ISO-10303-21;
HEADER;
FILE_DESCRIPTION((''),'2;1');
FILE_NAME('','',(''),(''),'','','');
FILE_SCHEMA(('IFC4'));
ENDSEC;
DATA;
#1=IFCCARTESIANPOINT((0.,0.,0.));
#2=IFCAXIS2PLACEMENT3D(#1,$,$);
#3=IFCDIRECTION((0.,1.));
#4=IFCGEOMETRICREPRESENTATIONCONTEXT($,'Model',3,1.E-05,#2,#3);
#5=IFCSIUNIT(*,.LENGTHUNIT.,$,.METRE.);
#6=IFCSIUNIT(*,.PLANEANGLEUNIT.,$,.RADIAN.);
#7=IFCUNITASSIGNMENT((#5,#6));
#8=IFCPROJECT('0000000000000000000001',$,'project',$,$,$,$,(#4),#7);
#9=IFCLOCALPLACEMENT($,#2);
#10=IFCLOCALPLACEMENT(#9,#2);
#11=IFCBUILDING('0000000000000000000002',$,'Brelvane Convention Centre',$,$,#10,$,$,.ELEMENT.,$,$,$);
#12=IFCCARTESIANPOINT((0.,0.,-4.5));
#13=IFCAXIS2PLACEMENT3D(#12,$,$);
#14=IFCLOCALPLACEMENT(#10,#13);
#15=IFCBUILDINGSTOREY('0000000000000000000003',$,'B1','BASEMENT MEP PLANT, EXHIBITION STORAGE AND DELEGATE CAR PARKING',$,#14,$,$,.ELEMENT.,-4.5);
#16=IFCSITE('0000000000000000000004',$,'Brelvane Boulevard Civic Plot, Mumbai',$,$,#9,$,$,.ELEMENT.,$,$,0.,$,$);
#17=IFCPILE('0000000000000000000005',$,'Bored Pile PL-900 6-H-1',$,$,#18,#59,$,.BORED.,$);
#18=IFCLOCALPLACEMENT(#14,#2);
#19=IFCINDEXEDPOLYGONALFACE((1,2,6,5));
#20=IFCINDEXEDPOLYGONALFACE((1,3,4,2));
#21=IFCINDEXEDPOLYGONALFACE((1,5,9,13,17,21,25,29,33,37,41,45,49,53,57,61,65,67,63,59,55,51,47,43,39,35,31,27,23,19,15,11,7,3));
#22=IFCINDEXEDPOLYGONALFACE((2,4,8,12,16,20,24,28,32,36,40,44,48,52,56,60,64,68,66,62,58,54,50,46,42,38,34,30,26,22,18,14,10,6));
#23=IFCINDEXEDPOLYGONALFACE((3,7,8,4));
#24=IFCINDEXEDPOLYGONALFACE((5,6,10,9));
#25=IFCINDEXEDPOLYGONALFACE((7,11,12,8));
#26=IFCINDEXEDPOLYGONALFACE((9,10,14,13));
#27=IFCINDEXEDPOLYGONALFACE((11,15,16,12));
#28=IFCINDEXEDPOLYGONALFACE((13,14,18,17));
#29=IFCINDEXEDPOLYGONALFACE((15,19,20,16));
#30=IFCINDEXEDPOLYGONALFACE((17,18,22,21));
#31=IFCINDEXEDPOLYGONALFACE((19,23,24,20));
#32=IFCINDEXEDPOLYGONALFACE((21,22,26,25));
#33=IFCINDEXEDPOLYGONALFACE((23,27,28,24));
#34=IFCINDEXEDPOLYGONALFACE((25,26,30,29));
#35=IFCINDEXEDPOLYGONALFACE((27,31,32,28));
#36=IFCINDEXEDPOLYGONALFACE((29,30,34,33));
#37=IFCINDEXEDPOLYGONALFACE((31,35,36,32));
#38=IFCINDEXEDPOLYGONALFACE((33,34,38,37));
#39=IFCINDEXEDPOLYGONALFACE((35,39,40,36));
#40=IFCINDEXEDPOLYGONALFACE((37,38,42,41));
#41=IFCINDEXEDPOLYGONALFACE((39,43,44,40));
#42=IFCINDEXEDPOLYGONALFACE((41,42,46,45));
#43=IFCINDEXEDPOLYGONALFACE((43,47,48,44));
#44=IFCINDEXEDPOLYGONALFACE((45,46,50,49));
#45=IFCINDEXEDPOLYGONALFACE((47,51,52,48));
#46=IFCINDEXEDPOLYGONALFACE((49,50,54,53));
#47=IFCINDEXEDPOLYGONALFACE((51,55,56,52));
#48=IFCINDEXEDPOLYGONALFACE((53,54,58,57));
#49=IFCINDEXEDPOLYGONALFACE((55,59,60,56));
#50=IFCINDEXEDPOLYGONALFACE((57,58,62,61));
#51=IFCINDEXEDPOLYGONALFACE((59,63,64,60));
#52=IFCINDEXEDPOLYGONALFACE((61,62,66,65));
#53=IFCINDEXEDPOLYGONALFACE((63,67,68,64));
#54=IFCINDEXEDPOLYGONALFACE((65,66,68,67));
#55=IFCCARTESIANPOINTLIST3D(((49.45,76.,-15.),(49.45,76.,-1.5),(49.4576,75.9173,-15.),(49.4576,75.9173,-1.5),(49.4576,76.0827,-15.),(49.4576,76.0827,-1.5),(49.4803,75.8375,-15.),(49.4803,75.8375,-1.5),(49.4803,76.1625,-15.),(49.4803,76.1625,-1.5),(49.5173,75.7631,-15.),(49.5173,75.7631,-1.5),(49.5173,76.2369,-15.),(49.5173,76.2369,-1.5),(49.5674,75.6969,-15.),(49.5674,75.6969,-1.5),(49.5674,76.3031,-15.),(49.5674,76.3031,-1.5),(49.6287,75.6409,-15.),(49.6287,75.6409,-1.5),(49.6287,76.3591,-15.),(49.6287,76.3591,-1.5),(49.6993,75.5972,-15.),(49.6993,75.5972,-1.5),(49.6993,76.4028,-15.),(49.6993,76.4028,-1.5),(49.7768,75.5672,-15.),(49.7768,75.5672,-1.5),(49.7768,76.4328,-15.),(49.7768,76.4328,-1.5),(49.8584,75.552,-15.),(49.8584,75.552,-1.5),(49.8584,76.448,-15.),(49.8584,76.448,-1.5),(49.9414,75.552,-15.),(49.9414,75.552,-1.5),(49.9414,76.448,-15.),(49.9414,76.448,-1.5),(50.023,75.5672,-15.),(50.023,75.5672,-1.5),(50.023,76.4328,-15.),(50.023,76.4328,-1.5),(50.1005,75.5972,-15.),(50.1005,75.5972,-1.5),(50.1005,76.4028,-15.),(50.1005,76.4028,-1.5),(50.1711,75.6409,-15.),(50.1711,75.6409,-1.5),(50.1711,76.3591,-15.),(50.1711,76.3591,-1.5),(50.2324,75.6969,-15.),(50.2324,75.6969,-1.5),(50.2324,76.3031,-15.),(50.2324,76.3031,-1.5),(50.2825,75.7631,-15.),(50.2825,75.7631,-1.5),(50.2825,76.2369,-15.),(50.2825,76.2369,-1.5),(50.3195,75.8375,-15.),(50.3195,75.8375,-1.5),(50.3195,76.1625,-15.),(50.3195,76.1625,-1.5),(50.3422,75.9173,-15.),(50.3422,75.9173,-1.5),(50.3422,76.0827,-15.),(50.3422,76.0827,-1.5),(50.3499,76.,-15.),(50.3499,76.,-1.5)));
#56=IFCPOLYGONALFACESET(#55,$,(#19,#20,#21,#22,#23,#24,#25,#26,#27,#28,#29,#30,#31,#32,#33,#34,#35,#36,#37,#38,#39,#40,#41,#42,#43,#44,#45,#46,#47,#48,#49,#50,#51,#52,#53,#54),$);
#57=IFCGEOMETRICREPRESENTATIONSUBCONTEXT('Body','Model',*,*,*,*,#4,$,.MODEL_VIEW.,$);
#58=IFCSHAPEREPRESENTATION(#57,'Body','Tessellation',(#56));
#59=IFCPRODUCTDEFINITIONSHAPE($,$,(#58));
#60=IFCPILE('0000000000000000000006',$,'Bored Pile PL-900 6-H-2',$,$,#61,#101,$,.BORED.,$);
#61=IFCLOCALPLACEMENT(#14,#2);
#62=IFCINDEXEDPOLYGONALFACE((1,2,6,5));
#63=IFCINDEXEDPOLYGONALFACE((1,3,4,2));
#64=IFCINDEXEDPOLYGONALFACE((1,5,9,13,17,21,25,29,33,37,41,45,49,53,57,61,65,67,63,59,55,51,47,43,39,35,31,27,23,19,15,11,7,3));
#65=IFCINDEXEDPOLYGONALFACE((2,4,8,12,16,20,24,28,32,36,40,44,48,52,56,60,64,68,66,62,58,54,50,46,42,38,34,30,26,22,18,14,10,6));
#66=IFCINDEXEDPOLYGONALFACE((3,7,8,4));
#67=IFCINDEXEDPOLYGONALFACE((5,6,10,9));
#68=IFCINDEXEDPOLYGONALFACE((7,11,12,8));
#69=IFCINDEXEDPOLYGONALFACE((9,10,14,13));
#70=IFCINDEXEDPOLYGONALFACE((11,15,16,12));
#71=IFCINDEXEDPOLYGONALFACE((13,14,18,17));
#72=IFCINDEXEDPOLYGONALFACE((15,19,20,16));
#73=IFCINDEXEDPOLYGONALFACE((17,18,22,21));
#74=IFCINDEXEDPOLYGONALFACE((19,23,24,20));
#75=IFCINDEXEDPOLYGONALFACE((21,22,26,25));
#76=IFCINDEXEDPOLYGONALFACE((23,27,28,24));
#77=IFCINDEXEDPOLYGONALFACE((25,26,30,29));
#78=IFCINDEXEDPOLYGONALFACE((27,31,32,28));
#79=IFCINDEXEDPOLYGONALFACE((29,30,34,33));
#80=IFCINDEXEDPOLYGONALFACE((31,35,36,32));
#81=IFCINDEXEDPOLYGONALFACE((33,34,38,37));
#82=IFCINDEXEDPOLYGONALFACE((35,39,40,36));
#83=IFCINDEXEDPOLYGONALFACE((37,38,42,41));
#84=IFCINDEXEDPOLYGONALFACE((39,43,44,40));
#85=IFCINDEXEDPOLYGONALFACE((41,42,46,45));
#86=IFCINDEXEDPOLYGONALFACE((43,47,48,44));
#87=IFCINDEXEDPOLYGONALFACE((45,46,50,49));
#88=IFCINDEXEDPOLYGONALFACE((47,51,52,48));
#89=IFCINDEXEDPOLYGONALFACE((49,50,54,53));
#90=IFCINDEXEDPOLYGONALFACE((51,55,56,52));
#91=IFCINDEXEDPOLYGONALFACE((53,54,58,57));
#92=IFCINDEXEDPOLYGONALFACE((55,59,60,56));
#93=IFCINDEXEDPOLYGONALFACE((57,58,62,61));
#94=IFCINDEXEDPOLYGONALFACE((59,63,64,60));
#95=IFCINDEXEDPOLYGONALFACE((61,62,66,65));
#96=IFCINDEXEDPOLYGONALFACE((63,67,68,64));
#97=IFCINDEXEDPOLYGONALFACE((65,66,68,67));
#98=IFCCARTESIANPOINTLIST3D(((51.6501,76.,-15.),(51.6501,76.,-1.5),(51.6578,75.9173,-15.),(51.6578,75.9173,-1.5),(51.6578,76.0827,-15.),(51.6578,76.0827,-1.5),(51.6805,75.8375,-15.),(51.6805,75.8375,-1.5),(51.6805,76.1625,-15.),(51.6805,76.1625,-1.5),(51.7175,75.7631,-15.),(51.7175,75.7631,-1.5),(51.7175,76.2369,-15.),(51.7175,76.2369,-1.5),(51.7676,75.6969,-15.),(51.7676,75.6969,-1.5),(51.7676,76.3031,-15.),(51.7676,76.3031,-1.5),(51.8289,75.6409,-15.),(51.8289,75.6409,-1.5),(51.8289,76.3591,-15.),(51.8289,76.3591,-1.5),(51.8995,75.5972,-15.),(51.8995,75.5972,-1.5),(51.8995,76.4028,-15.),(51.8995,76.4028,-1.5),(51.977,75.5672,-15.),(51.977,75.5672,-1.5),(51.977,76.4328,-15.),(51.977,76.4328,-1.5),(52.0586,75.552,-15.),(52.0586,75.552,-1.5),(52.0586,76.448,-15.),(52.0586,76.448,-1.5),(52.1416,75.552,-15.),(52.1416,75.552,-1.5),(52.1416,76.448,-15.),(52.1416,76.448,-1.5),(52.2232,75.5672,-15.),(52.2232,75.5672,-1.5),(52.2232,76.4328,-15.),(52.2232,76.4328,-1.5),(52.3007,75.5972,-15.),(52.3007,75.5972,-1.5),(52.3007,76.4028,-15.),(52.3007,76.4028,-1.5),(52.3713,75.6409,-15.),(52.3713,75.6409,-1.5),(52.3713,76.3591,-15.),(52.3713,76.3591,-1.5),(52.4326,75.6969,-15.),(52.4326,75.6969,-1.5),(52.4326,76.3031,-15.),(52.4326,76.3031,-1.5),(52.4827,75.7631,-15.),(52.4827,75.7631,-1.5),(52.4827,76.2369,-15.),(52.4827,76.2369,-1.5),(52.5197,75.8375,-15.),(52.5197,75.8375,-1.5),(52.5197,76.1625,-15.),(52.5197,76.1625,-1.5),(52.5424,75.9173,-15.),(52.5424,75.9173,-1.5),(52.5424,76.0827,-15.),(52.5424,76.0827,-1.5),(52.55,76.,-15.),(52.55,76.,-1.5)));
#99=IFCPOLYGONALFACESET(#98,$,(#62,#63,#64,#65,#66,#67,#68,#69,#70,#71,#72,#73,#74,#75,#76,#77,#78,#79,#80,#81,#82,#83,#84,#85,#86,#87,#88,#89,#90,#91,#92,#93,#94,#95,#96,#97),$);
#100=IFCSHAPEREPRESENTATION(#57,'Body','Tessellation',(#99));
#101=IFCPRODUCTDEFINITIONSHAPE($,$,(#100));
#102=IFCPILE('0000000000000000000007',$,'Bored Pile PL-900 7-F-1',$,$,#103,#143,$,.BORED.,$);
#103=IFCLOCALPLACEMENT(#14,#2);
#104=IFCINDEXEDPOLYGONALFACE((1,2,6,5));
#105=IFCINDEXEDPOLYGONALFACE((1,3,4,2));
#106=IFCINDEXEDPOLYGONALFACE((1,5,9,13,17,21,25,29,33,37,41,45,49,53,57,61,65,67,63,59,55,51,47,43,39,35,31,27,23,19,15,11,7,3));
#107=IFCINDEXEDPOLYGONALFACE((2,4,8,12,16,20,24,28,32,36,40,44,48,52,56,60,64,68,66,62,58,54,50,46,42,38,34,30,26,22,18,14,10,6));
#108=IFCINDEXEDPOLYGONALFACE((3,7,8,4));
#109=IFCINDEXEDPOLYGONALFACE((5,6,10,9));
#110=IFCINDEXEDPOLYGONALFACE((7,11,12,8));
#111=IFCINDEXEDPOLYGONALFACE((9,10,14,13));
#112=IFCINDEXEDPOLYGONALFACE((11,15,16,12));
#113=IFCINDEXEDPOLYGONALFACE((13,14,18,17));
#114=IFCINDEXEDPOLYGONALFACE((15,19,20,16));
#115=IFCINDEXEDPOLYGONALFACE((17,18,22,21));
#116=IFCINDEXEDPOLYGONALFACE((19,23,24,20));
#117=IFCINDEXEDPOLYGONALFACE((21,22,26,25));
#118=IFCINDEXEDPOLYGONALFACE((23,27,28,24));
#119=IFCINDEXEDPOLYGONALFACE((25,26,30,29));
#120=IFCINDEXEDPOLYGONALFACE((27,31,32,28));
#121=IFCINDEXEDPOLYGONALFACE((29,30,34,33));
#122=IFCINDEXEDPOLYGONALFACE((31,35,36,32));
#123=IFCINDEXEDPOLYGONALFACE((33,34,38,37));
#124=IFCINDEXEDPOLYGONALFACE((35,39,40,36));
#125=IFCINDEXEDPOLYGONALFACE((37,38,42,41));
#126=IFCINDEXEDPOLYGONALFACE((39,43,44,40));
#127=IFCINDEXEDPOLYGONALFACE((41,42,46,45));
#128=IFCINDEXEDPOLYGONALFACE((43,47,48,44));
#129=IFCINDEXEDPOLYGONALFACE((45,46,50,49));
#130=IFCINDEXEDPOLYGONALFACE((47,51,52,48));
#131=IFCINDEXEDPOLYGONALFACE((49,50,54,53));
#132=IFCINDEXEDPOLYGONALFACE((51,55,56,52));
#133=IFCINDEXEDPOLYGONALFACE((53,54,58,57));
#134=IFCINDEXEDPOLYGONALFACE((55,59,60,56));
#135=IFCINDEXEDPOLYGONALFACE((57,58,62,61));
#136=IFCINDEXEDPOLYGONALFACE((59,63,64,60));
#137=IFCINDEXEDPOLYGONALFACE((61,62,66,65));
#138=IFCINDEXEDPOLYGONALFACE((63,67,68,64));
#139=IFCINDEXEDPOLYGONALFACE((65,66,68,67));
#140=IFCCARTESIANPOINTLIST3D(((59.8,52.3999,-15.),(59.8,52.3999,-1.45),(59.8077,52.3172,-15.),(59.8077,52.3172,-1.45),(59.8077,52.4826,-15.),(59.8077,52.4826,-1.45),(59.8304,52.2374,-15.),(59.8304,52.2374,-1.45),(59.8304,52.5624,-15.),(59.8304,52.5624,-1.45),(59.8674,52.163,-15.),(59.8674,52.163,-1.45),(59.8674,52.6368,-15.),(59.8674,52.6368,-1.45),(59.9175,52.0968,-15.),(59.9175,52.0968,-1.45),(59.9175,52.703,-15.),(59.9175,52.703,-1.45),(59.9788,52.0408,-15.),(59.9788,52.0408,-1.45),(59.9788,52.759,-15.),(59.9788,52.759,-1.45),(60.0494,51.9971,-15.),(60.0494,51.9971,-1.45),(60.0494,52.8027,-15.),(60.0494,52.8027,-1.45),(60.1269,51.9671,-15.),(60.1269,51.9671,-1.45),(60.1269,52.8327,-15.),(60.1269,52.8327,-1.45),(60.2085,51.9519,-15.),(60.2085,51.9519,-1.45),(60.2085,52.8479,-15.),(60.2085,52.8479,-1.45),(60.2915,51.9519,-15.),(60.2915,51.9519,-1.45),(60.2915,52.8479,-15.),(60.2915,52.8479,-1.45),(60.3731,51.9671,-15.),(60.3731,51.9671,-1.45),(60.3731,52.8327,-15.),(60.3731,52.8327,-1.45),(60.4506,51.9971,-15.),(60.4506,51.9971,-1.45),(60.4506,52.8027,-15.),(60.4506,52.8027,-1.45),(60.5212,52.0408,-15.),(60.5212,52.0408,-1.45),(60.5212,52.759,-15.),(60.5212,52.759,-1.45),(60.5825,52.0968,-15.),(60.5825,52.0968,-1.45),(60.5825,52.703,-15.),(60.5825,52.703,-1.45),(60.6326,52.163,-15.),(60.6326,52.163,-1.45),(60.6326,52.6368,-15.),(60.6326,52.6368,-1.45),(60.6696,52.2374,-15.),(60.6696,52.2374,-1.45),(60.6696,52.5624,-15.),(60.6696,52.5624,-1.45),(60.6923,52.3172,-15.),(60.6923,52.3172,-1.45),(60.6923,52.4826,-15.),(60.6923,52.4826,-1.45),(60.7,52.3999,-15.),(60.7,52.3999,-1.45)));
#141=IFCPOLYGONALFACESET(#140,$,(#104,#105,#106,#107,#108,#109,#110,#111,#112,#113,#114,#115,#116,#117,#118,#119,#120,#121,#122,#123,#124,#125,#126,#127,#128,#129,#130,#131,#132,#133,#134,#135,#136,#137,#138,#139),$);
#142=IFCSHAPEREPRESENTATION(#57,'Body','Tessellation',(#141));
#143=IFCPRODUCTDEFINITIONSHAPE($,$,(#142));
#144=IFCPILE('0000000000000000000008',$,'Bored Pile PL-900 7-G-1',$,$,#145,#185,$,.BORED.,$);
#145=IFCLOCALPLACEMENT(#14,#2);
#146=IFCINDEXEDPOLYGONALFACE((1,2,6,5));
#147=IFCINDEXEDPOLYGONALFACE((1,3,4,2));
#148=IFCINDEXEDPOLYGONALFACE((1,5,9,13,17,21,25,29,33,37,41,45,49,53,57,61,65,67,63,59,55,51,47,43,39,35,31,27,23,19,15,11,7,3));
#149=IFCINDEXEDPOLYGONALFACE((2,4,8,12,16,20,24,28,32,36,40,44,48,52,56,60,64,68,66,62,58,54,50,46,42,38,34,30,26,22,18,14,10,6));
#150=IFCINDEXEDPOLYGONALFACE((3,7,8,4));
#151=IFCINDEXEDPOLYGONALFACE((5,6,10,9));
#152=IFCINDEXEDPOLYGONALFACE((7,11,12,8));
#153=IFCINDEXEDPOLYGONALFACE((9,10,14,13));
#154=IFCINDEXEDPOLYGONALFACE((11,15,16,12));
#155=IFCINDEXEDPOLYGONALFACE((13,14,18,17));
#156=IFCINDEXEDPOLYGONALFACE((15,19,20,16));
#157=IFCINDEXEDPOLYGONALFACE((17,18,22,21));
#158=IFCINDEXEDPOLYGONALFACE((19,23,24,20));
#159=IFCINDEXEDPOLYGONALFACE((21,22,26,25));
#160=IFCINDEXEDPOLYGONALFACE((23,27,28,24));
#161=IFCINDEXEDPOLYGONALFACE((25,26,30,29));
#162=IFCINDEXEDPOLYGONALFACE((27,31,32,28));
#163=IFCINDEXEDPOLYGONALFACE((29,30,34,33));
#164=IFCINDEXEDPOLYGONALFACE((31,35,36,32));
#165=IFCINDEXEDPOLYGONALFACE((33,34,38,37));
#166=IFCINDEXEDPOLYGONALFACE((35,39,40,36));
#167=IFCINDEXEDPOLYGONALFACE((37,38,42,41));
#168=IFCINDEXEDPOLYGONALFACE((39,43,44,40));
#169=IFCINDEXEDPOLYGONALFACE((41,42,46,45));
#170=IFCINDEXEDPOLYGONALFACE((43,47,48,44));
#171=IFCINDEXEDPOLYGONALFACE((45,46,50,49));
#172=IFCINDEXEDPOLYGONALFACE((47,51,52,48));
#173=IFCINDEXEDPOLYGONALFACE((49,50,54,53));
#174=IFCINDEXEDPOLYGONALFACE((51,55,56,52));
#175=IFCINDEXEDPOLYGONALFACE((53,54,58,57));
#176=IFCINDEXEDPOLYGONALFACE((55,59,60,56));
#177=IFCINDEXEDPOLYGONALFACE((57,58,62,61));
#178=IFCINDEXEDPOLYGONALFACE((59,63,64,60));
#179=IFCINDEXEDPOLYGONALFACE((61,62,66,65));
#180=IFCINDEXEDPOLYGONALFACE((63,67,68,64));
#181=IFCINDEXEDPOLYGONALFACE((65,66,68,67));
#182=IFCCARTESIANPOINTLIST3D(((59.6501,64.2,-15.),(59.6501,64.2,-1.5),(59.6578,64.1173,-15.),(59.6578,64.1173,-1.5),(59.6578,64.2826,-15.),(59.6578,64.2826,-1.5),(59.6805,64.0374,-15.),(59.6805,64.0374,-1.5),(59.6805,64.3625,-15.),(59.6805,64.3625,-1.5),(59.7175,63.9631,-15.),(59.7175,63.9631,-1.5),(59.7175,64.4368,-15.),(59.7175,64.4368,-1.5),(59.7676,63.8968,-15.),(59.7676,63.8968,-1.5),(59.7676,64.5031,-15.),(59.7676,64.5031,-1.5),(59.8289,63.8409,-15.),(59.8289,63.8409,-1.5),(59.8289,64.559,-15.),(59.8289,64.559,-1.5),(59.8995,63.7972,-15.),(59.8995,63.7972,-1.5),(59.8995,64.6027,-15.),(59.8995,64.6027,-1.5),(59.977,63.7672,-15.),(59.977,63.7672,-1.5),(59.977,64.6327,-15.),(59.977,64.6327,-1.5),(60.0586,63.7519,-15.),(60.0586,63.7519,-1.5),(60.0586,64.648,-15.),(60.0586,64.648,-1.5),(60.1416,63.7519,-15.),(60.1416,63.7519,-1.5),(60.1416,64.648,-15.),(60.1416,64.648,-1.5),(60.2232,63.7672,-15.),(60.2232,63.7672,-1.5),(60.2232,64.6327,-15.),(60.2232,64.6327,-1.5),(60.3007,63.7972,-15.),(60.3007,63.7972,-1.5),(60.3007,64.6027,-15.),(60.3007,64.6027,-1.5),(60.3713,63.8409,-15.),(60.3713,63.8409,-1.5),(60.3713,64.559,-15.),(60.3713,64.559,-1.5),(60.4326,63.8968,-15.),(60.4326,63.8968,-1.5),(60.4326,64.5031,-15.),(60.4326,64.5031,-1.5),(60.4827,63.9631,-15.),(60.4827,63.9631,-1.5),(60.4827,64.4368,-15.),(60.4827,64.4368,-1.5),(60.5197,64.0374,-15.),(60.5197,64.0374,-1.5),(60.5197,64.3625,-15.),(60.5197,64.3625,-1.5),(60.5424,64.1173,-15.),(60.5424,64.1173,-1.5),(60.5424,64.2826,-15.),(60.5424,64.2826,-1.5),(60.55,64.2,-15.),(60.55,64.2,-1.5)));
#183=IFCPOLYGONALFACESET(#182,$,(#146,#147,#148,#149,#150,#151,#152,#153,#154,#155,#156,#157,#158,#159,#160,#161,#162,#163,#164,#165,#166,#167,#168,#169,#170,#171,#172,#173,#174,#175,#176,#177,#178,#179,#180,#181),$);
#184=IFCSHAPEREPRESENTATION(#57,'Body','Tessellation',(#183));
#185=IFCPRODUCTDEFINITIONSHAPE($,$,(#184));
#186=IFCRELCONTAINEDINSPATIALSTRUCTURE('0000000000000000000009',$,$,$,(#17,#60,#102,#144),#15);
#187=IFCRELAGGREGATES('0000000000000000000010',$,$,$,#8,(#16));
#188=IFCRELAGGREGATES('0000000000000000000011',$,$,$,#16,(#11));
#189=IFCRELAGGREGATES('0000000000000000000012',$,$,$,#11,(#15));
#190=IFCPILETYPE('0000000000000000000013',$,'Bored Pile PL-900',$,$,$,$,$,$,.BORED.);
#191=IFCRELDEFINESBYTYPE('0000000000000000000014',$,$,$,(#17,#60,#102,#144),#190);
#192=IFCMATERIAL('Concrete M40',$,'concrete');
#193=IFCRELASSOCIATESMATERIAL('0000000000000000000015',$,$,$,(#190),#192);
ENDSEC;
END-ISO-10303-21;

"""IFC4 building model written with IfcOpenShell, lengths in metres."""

from ifc_helpers import new_model, si_unit, direction, frame, origin, origin_2d, place, context, subcontext, project, spatial, circle, extrude, material, material_profile, profile_set, type_object, element, save


model = new_model("IFC4")

# Units and contexts
model_context = context("Model", 3, precision=1e-05, world=origin(), true_north=direction((0.0, 1.0)))
body_context = subcontext(model_context, "Body", "Model", "MODEL_VIEW")
ifc_project = project(units=[si_unit("LENGTHUNIT", "METRE"), si_unit("PLANEANGLEUNIT", "RADIAN")], contexts=[model_context])

# Site, building, storey
site_placement = place(None, origin())
site = spatial("IfcSite", under=ifc_project, at=site_placement, Name="Brelvane Boulevard Civic Plot, Mumbai", CompositionType="ELEMENT", RefElevation=0.0)
building_placement = place(site_placement, origin())
building = spatial("IfcBuilding", under=site, at=building_placement, Name="Brelvane Convention Centre", CompositionType="ELEMENT")
storey_placement = place(building_placement, frame((0.0, 0.0, -4.5)))
storey = spatial("IfcBuildingStorey", under=building, at=storey_placement, Name="B1", Description="BASEMENT MEP PLANT, EXHIBITION STORAGE AND DELEGATE CAR PARKING", CompositionType="ELEMENT", Elevation=-4.5)

# Piles
ifc_material_1 = material(Name="Concrete M40", Category="concrete")
ifc_material_profile_1 = material_profile(ifc_material_1, circle(Radius=0.45, at=origin_2d()), Name="PILE D900")
ifc_profile_set_1 = profile_set([ifc_material_profile_1], Name="Concrete M40")
pile_type = type_object("IfcPileType", Name="Bored Pile PL-900", PredefinedType="BORED", material=ifc_profile_set_1)
for number, where, z_axis, x_axis, name in (
    (1, (49.8999, 76.0, -1.5), (0.0, 0.0, -1.0), (1.0, 0.0, 0.0), "Bored Pile PL-900 6-H-1"),
    (2, (52.1001, 76.0, -1.5), (0.0, 0.0, -1.0), (1.0, 0.0, 0.0), "Bored Pile PL-900 6-H-2"),
):
    element("IfcPile", number, at=place(storey_placement, frame(where, z_axis=z_axis, x_axis=x_axis)), inside=storey, type_object=pile_type, Name=name, PredefinedType="BORED", context=body_context, shape_type="SweptSolid", body=[
        extrude(circle(Radius=0.45, at=origin_2d()), origin(), (0.0, 0.0, 1.0), 13.5),
    ])
pile_1_placement = place(storey_placement, frame((60.25, 52.3999, -1.45), z_axis=(0.0, 0.0, -1.0), x_axis=(1.0, 0.0, 0.0)))
element("IfcPile", 3, at=pile_1_placement, inside=storey, type_object=pile_type, Name="Bored Pile PL-900 7-F-1", PredefinedType="BORED", context=body_context, shape_type="SweptSolid", body=[
    extrude(circle(Radius=0.45, at=origin_2d()), origin(), (0.0, 0.0, 1.0), 13.55),
])
pile_2_placement = place(storey_placement, frame((60.1001, 64.2, -1.5), z_axis=(0.0, 0.0, -1.0), x_axis=(1.0, 0.0, 0.0)))
element("IfcPile", 4, at=pile_2_placement, inside=storey, type_object=pile_type, Name="Bored Pile PL-900 7-G-1", PredefinedType="BORED", context=body_context, shape_type="SweptSolid", body=[
    extrude(circle(Radius=0.45, at=origin_2d()), origin(), (0.0, 0.0, 1.0), 13.5),
])

save(model, "model.ifc")
